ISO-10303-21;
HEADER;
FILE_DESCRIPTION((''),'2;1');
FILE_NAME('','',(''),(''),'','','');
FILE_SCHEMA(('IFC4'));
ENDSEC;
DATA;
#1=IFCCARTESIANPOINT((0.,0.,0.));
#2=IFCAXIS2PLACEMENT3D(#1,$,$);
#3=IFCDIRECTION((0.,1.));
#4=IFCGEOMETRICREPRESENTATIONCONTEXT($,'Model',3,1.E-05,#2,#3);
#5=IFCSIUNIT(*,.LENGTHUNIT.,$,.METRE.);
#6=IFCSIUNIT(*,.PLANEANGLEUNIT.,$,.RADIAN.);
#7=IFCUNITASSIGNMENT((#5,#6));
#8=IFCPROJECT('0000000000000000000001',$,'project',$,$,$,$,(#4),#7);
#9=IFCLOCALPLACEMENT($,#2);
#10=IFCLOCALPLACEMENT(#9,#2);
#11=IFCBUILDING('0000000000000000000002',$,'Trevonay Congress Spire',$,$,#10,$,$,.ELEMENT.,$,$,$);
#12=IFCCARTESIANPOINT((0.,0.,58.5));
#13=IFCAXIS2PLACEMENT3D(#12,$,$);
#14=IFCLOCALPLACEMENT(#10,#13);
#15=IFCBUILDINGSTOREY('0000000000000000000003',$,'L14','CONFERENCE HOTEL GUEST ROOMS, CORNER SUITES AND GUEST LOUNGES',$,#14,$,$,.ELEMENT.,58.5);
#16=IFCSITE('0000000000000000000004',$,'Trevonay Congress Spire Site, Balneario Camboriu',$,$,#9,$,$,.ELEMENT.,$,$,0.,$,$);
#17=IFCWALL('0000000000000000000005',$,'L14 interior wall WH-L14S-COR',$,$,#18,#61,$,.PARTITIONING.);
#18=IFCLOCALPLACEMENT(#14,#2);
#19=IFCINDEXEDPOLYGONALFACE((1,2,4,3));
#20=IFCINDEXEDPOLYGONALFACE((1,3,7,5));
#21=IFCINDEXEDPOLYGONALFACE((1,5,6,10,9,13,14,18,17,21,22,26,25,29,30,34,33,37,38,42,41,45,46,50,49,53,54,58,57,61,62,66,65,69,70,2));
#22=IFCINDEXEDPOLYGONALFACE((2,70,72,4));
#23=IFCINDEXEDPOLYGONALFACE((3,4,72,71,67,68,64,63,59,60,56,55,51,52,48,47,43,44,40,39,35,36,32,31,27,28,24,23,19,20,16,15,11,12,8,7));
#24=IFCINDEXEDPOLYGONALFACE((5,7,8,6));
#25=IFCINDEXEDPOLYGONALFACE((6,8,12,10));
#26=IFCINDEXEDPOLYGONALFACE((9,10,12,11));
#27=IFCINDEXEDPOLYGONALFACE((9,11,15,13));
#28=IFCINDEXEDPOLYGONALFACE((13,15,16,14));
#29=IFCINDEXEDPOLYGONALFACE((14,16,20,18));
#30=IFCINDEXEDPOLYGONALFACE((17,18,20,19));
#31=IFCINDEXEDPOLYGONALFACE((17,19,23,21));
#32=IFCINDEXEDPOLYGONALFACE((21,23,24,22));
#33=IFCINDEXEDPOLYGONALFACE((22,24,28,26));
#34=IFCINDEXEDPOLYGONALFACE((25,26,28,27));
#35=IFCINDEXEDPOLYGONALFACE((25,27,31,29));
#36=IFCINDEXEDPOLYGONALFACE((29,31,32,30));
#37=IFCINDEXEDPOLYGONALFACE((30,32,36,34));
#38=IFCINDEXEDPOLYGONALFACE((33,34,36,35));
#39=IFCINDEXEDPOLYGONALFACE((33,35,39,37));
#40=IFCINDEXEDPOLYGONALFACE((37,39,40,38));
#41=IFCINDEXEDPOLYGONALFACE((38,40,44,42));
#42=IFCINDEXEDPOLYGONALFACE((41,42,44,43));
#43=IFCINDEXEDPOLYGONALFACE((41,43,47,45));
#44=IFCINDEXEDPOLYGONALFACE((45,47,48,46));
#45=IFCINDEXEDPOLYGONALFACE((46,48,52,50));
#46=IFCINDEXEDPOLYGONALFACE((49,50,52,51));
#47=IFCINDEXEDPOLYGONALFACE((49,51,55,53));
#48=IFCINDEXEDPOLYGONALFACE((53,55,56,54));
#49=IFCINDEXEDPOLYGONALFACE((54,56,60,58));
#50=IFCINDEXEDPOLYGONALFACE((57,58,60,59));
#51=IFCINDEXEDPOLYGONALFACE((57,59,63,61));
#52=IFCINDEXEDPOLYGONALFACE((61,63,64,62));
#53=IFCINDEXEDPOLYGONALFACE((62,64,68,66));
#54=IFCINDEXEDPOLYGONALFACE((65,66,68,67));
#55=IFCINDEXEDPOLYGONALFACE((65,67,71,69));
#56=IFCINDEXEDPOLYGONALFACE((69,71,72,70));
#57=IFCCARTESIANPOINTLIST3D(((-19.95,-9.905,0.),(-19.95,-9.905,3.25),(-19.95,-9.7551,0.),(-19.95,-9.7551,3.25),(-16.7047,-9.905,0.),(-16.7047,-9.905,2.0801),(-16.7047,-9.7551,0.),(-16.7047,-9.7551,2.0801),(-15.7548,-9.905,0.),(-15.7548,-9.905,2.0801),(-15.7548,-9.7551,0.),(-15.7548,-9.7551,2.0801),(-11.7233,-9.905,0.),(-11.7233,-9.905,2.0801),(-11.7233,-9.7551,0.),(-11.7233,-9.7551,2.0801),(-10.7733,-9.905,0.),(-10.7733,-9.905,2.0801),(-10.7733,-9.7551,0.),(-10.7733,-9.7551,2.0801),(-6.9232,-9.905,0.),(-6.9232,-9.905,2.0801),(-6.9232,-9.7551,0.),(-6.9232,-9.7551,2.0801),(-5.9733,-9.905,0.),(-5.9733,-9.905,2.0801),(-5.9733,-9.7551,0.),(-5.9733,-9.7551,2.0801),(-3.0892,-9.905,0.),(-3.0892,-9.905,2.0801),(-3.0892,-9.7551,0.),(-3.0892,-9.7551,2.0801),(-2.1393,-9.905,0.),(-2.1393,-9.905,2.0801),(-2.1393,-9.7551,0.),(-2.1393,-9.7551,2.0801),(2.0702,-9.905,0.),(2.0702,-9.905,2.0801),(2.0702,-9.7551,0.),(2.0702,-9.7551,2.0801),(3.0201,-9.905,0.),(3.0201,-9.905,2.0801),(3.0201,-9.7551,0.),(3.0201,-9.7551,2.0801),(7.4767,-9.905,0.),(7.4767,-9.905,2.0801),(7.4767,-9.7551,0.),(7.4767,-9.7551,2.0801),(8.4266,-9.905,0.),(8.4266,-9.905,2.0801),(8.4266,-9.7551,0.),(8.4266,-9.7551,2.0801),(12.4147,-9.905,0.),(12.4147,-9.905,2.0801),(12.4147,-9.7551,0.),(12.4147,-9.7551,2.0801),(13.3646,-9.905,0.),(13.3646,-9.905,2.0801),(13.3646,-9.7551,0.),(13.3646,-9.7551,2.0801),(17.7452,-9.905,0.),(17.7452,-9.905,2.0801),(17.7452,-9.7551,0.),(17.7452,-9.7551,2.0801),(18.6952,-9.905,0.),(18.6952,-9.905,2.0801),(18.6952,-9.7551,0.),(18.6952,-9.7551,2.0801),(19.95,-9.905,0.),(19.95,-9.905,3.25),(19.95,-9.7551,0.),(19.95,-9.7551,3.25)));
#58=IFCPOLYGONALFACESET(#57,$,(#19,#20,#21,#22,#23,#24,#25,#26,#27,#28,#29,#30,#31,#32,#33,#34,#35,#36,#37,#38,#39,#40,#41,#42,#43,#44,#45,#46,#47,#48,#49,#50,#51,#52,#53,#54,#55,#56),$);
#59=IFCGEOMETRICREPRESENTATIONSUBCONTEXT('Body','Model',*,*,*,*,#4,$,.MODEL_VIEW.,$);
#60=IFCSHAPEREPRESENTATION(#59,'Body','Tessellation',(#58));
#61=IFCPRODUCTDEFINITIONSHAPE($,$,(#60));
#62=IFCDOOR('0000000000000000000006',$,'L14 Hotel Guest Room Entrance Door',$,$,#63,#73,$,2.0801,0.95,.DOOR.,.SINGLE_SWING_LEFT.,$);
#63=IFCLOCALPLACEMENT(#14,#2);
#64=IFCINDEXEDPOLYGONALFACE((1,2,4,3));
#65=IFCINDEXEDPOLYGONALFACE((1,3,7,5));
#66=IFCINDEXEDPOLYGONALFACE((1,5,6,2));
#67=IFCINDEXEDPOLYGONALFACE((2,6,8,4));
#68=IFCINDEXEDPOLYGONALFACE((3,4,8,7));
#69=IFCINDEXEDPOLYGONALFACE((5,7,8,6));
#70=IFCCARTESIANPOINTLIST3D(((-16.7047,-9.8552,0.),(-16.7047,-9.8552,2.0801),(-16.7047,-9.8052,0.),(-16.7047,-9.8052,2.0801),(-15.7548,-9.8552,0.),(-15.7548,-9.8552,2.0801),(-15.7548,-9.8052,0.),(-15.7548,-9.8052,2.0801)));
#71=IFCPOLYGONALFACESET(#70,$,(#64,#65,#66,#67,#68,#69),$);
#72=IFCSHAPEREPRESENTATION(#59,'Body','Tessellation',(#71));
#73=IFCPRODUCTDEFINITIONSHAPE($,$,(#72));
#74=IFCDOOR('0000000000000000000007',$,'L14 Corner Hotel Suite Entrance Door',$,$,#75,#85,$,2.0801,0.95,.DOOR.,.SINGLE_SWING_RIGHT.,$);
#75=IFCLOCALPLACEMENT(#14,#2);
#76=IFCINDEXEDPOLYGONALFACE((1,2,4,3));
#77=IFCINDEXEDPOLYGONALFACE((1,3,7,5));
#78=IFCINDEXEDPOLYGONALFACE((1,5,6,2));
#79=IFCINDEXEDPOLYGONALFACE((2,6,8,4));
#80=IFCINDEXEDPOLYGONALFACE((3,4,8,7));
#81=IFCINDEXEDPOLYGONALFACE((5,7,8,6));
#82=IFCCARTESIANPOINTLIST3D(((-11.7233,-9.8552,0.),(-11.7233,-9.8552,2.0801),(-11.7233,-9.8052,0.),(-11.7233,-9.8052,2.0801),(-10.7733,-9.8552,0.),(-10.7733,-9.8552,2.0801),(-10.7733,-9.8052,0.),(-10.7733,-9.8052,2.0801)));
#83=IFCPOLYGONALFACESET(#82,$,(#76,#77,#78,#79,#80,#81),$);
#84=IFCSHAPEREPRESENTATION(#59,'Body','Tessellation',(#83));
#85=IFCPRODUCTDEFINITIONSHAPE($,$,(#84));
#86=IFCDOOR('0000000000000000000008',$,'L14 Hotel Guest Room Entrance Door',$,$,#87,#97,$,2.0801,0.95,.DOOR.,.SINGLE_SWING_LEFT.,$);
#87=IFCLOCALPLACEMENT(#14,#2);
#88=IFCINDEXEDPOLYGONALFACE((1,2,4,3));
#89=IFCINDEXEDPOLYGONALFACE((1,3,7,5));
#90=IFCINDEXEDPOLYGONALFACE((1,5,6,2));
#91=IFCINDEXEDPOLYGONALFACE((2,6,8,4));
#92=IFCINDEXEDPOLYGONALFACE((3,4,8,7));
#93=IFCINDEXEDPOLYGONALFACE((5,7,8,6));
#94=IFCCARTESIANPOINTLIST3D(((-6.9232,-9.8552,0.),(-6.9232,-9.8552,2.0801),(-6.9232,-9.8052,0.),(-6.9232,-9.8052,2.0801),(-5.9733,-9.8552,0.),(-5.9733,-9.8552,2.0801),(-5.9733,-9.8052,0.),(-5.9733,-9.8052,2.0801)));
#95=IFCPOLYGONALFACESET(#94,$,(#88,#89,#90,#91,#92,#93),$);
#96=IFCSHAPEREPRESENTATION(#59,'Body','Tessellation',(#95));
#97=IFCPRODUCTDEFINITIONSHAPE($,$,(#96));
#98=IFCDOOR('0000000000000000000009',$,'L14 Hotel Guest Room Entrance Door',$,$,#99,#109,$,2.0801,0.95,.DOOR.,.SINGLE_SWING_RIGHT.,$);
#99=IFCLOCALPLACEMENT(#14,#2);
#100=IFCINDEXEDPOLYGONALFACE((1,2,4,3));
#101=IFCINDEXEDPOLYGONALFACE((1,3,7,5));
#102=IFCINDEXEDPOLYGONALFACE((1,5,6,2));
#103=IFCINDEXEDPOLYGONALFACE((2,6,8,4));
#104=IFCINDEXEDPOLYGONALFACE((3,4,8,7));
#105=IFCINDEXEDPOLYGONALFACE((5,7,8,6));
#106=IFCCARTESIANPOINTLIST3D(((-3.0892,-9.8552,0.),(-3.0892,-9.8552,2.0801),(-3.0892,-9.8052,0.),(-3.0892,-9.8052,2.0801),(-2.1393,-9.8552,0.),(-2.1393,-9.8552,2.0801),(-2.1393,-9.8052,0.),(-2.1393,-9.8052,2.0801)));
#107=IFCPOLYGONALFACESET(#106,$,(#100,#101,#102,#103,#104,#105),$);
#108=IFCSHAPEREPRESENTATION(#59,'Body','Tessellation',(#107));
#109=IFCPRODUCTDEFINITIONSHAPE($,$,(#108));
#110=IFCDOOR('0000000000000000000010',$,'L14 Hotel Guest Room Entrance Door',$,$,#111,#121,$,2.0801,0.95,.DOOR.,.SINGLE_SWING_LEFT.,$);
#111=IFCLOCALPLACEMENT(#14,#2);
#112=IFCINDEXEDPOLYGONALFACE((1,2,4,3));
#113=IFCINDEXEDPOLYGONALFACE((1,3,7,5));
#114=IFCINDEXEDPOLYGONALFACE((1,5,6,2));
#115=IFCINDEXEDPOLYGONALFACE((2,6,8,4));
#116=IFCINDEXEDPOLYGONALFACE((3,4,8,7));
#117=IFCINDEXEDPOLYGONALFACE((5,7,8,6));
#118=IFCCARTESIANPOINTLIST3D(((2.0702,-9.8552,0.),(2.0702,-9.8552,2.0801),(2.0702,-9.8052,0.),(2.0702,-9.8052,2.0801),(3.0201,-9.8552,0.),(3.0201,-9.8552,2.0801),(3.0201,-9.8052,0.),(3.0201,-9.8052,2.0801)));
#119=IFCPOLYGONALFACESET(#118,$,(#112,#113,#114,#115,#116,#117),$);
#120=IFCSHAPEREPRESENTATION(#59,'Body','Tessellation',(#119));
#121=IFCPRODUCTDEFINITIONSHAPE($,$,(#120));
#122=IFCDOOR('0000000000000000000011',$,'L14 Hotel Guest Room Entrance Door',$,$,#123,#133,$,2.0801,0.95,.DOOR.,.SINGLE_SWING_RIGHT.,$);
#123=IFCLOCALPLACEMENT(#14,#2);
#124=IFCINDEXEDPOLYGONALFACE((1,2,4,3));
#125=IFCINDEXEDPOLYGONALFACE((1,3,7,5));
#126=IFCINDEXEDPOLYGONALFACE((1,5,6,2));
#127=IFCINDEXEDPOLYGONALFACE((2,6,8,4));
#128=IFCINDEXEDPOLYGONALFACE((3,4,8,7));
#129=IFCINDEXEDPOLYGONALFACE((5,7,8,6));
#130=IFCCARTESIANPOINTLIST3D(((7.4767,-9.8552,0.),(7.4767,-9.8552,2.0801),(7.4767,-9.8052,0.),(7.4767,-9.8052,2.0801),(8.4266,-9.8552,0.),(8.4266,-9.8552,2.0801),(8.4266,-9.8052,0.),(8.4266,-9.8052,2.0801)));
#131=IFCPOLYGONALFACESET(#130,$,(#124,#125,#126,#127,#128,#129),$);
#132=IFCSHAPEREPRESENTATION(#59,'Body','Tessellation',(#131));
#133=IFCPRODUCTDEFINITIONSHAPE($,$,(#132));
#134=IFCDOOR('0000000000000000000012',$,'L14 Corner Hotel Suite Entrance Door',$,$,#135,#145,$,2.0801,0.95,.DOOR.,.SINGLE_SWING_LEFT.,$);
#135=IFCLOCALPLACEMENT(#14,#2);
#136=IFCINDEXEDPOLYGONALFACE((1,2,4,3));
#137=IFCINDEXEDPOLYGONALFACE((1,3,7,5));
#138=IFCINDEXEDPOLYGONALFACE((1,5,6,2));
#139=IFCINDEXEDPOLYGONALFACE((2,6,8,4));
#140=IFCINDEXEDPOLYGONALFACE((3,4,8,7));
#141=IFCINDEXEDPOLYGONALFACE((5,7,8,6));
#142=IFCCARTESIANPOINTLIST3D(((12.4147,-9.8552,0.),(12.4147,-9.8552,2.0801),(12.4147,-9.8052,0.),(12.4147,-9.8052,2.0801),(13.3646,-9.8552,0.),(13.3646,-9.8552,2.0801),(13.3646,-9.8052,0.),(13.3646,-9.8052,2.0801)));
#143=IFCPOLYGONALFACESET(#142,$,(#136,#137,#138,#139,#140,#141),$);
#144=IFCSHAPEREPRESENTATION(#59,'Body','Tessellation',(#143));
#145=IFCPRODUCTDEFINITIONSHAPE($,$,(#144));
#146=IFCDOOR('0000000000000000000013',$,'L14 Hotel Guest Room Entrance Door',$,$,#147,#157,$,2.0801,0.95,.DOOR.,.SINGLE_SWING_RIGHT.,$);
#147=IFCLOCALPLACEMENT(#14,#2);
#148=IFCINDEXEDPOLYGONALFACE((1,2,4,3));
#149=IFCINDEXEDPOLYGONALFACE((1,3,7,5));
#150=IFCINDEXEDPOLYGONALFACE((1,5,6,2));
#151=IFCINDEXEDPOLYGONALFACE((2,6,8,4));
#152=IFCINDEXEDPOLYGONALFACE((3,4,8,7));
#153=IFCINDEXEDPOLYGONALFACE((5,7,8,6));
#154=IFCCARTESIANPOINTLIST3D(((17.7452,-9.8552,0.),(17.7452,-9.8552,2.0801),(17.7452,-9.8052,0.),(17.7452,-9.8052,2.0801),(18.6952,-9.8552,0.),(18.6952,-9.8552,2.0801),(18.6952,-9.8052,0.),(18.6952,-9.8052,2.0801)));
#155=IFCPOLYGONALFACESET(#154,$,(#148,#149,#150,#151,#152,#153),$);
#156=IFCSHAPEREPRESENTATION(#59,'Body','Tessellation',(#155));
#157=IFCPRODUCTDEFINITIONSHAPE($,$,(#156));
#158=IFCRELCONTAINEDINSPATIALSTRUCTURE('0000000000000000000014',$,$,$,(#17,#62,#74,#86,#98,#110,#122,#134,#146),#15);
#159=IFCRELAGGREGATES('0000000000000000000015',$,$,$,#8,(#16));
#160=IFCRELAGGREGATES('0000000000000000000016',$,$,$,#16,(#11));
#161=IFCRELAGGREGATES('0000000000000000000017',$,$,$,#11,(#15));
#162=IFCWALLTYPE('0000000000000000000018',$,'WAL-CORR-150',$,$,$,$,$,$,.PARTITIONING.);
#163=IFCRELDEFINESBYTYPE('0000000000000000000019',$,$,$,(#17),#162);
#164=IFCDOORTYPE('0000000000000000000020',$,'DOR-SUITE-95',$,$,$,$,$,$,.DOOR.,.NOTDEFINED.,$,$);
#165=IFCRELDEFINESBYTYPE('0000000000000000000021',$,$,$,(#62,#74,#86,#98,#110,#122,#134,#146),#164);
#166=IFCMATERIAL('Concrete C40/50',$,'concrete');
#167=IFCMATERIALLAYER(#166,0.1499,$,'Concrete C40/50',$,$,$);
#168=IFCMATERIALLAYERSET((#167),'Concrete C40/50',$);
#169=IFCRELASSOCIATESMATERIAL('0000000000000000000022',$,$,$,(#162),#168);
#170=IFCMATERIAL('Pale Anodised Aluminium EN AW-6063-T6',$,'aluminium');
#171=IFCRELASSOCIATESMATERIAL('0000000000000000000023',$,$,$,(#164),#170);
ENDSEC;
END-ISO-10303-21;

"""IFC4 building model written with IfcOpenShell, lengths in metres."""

from ifc_helpers import new_model, si_unit, direction, frame, frame_2d, origin, place, context, subcontext, project, spatial, rectangle, extrude, material, layer, layer_set, type_object, element, fill, save


model = new_model("IFC4")

# Units and contexts
model_context = context("Model", 3, precision=1e-05, world=origin(), true_north=direction((0.0, 1.0)))
body_context = subcontext(model_context, "Body", "Model", "MODEL_VIEW")
ifc_project = project(units=[si_unit("LENGTHUNIT", "METRE"), si_unit("PLANEANGLEUNIT", "RADIAN")], contexts=[model_context])

# Site, building, storey
site_placement = place(None, origin())
site = spatial("IfcSite", under=ifc_project, at=site_placement, Name="Trevonay Congress Spire Site, Balneario Camboriu", CompositionType="ELEMENT", RefElevation=0.0)
building_placement = place(site_placement, origin())
building = spatial("IfcBuilding", under=site, at=building_placement, Name="Trevonay Congress Spire", CompositionType="ELEMENT")
storey_placement = place(building_placement, frame((0.0, 0.0, 58.5)))
storey = spatial("IfcBuildingStorey", under=building, at=storey_placement, Name="L14", Description="CONFERENCE HOTEL GUEST ROOMS, CORNER SUITES AND GUEST LOUNGES", CompositionType="ELEMENT", Elevation=58.5)

# Shared definitions
ifc_material_1 = material(Name="Pale Anodised Aluminium EN AW-6063-T6", Category="aluminium")

# Shared definitions
ifc_material_2 = material(Name="Concrete C40/50", Category="concrete")

# Wall, openings, doors
ifc_layer_1 = layer(ifc_material_2, 0.1499, Name="Concrete C40/50")
ifc_layer_set_1 = layer_set([ifc_layer_1], Name="Concrete C40/50")
wall_type_1 = type_object("IfcWallType", Name="WAL-CORR-150", PredefinedType="PARTITIONING", material=ifc_layer_set_1)
wall_1_placement = place(storey_placement, frame((-19.95, -9.8301, 0.0), z_axis=(0.0, 0.0, 1.0), x_axis=(1.0, 0.0, 0.0)))
wall_1 = element("IfcWall", 1, at=wall_1_placement, inside=storey, type_object=wall_type_1, Name="L14 interior wall WH-L14S-COR", PredefinedType="PARTITIONING", context=body_context, shape_type="SweptSolid", body=[
    extrude(rectangle(XDim=39.8999, YDim=0.1499, at=frame_2d((19.95, 0.0))), origin(), (0.0, 0.0, 1.0), 3.25),
])
opening_1_placement = place(wall_1_placement, frame((3.2451, 0.0, 0.0)))
opening_1 = element("IfcOpeningElement", 2, at=opening_1_placement, cuts=wall_1, PredefinedType="OPENING", context=body_context, shape_type="SweptSolid", body=[
    extrude(rectangle(XDim=0.95, YDim=2.0801, at=frame_2d((0.4751, 1.04))), frame((0.0, 0.085, 0.0), z_axis=(0.0, -1.0, 0.0), x_axis=(1.0, 0.0, 0.0)), (0.0, 0.0, 1.0), 0.1699),
])
opening_2_placement = place(wall_1_placement, frame((8.2266, 0.0, 0.0)))
opening_2 = element("IfcOpeningElement", 3, at=opening_2_placement, cuts=wall_1, PredefinedType="OPENING", context=body_context, shape_type="SweptSolid", body=[
    extrude(rectangle(XDim=0.95, YDim=2.0801, at=frame_2d((0.4751, 1.04))), frame((0.0, 0.085, 0.0), z_axis=(0.0, -1.0, 0.0), x_axis=(1.0, 0.0, 0.0)), (0.0, 0.0, 1.0), 0.1699),
])
opening_3_placement = place(wall_1_placement, frame((13.0266, 0.0, 0.0)))
opening_3 = element("IfcOpeningElement", 4, at=opening_3_placement, cuts=wall_1, PredefinedType="OPENING", context=body_context, shape_type="SweptSolid", body=[
    extrude(rectangle(XDim=0.95, YDim=2.0801, at=frame_2d((0.4751, 1.04))), frame((0.0, 0.085, 0.0), z_axis=(0.0, -1.0, 0.0), x_axis=(1.0, 0.0, 0.0)), (0.0, 0.0, 1.0), 0.1699),
])
opening_4_placement = place(wall_1_placement, frame((16.8606, 0.0, 0.0)))
opening_4 = element("IfcOpeningElement", 5, at=opening_4_placement, cuts=wall_1, PredefinedType="OPENING", context=body_context, shape_type="SweptSolid", body=[
    extrude(rectangle(XDim=0.95, YDim=2.0801, at=frame_2d((0.4751, 1.04))), frame((0.0, 0.085, 0.0), z_axis=(0.0, -1.0, 0.0), x_axis=(1.0, 0.0, 0.0)), (0.0, 0.0, 1.0), 0.1699),
])
opening_5_placement = place(wall_1_placement, frame((22.02, 0.0, 0.0)))
opening_5 = element("IfcOpeningElement", 6, at=opening_5_placement, cuts=wall_1, PredefinedType="OPENING", context=body_context, shape_type="SweptSolid", body=[
    extrude(rectangle(XDim=0.95, YDim=2.0801, at=frame_2d((0.4751, 1.04))), frame((0.0, 0.085, 0.0), z_axis=(0.0, -1.0, 0.0), x_axis=(1.0, 0.0, 0.0)), (0.0, 0.0, 1.0), 0.1699),
])
opening_6_placement = place(wall_1_placement, frame((27.4265, 0.0, 0.0)))
opening_6 = element("IfcOpeningElement", 7, at=opening_6_placement, cuts=wall_1, PredefinedType="OPENING", context=body_context, shape_type="SweptSolid", body=[
    extrude(rectangle(XDim=0.95, YDim=2.0801, at=frame_2d((0.4751, 1.04))), frame((0.0, 0.085, 0.0), z_axis=(0.0, -1.0, 0.0), x_axis=(1.0, 0.0, 0.0)), (0.0, 0.0, 1.0), 0.1699),
])
opening_7_placement = place(wall_1_placement, frame((32.3645, 0.0, 0.0)))
opening_7 = element("IfcOpeningElement", 8, at=opening_7_placement, cuts=wall_1, PredefinedType="OPENING", context=body_context, shape_type="SweptSolid", body=[
    extrude(rectangle(XDim=0.95, YDim=2.0801, at=frame_2d((0.4751, 1.04))), frame((0.0, 0.085, 0.0), z_axis=(0.0, -1.0, 0.0), x_axis=(1.0, 0.0, 0.0)), (0.0, 0.0, 1.0), 0.1699),
])
opening_8_placement = place(wall_1_placement, frame((37.6951, 0.0, 0.0)))
opening_8 = element("IfcOpeningElement", 9, at=opening_8_placement, cuts=wall_1, PredefinedType="OPENING", context=body_context, shape_type="SweptSolid", body=[
    extrude(rectangle(XDim=0.95, YDim=2.0801, at=frame_2d((0.4751, 1.04))), frame((0.0, 0.085, 0.0), z_axis=(0.0, -1.0, 0.0), x_axis=(1.0, 0.0, 0.0)), (0.0, 0.0, 1.0), 0.1699),
])
door_type_1 = type_object("IfcDoorType", Name="DOR-SUITE-95", OperationType="NOTDEFINED", PredefinedType="DOOR", material=ifc_material_1)
door_1_placement = place(opening_1_placement, origin())
door_1 = element("IfcDoor", 10, at=door_1_placement, inside=storey, type_object=door_type_1, Name="L14 Hotel Guest Room Entrance Door", OperationType="SINGLE_SWING_LEFT", OverallHeight=2.0801, OverallWidth=0.95, PredefinedType="DOOR", context=body_context, shape_type="SweptSolid", body=[
    extrude(rectangle(XDim=0.95, YDim=2.0801, at=frame_2d((0.4751, 1.04))), frame((0.0, 0.0249, 0.0), z_axis=(0.0, -1.0, 0.0), x_axis=(1.0, 0.0, 0.0)), (0.0, 0.0, 1.0), 0.05),
])
fill(opening_1, door_1)
door_2_placement = place(opening_2_placement, origin())
door_2 = element("IfcDoor", 11, at=door_2_placement, inside=storey, type_object=door_type_1, Name="L14 Corner Hotel Suite Entrance Door", OperationType="SINGLE_SWING_RIGHT", OverallHeight=2.0801, OverallWidth=0.95, PredefinedType="DOOR", context=body_context, shape_type="SweptSolid", body=[
    extrude(rectangle(XDim=0.95, YDim=2.0801, at=frame_2d((0.4751, 1.04))), frame((0.0, 0.0249, 0.0), z_axis=(0.0, -1.0, 0.0), x_axis=(1.0, 0.0, 0.0)), (0.0, 0.0, 1.0), 0.05),
])
fill(opening_2, door_2)
door_3_placement = place(opening_3_placement, origin())
door_3 = element("IfcDoor", 12, at=door_3_placement, inside=storey, type_object=door_type_1, Name="L14 Hotel Guest Room Entrance Door", OperationType="SINGLE_SWING_LEFT", OverallHeight=2.0801, OverallWidth=0.95, PredefinedType="DOOR", context=body_context, shape_type="SweptSolid", body=[
    extrude(rectangle(XDim=0.95, YDim=2.0801, at=frame_2d((0.4751, 1.04))), frame((0.0, 0.0249, 0.0), z_axis=(0.0, -1.0, 0.0), x_axis=(1.0, 0.0, 0.0)), (0.0, 0.0, 1.0), 0.05),
])
fill(opening_3, door_3)
door_4_placement = place(opening_4_placement, origin())
door_4 = element("IfcDoor", 13, at=door_4_placement, inside=storey, type_object=door_type_1, Name="L14 Hotel Guest Room Entrance Door", OperationType="SINGLE_SWING_RIGHT", OverallHeight=2.0801, OverallWidth=0.95, PredefinedType="DOOR", context=body_context, shape_type="SweptSolid", body=[
    extrude(rectangle(XDim=0.95, YDim=2.0801, at=frame_2d((0.4751, 1.04))), frame((0.0, 0.0249, 0.0), z_axis=(0.0, -1.0, 0.0), x_axis=(1.0, 0.0, 0.0)), (0.0, 0.0, 1.0), 0.05),
])
fill(opening_4, door_4)
door_5_placement = place(opening_5_placement, origin())
door_5 = element("IfcDoor", 14, at=door_5_placement, inside=storey, type_object=door_type_1, Name="L14 Hotel Guest Room Entrance Door", OperationType="SINGLE_SWING_LEFT", OverallHeight=2.0801, OverallWidth=0.95, PredefinedType="DOOR", context=body_context, shape_type="SweptSolid", body=[
    extrude(rectangle(XDim=0.95, YDim=2.0801, at=frame_2d((0.4751, 1.04))), frame((0.0, 0.0249, 0.0), z_axis=(0.0, -1.0, 0.0), x_axis=(1.0, 0.0, 0.0)), (0.0, 0.0, 1.0), 0.05),
])
fill(opening_5, door_5)
door_6_placement = place(opening_6_placement, origin())
door_6 = element("IfcDoor", 15, at=door_6_placement, inside=storey, type_object=door_type_1, Name="L14 Hotel Guest Room Entrance Door", OperationType="SINGLE_SWING_RIGHT", OverallHeight=2.0801, OverallWidth=0.95, PredefinedType="DOOR", context=body_context, shape_type="SweptSolid", body=[
    extrude(rectangle(XDim=0.95, YDim=2.0801, at=frame_2d((0.4751, 1.04))), frame((0.0, 0.0249, 0.0), z_axis=(0.0, -1.0, 0.0), x_axis=(1.0, 0.0, 0.0)), (0.0, 0.0, 1.0), 0.05),
])
fill(opening_6, door_6)
door_7_placement = place(opening_7_placement, origin())
door_7 = element("IfcDoor", 16, at=door_7_placement, inside=storey, type_object=door_type_1, Name="L14 Corner Hotel Suite Entrance Door", OperationType="SINGLE_SWING_LEFT", OverallHeight=2.0801, OverallWidth=0.95, PredefinedType="DOOR", context=body_context, shape_type="SweptSolid", body=[
    extrude(rectangle(XDim=0.95, YDim=2.0801, at=frame_2d((0.4751, 1.04))), frame((0.0, 0.0249, 0.0), z_axis=(0.0, -1.0, 0.0), x_axis=(1.0, 0.0, 0.0)), (0.0, 0.0, 1.0), 0.05),
])
fill(opening_7, door_7)
door_8_placement = place(opening_8_placement, origin())
door_8 = element("IfcDoor", 17, at=door_8_placement, inside=storey, type_object=door_type_1, Name="L14 Hotel Guest Room Entrance Door", OperationType="SINGLE_SWING_RIGHT", OverallHeight=2.0801, OverallWidth=0.95, PredefinedType="DOOR", context=body_context, shape_type="SweptSolid", body=[
    extrude(rectangle(XDim=0.95, YDim=2.0801, at=frame_2d((0.4751, 1.04))), frame((0.0, 0.0249, 0.0), z_axis=(0.0, -1.0, 0.0), x_axis=(1.0, 0.0, 0.0)), (0.0, 0.0, 1.0), 0.05),
])
fill(opening_8, door_8)

save(model, "model.ifc")
